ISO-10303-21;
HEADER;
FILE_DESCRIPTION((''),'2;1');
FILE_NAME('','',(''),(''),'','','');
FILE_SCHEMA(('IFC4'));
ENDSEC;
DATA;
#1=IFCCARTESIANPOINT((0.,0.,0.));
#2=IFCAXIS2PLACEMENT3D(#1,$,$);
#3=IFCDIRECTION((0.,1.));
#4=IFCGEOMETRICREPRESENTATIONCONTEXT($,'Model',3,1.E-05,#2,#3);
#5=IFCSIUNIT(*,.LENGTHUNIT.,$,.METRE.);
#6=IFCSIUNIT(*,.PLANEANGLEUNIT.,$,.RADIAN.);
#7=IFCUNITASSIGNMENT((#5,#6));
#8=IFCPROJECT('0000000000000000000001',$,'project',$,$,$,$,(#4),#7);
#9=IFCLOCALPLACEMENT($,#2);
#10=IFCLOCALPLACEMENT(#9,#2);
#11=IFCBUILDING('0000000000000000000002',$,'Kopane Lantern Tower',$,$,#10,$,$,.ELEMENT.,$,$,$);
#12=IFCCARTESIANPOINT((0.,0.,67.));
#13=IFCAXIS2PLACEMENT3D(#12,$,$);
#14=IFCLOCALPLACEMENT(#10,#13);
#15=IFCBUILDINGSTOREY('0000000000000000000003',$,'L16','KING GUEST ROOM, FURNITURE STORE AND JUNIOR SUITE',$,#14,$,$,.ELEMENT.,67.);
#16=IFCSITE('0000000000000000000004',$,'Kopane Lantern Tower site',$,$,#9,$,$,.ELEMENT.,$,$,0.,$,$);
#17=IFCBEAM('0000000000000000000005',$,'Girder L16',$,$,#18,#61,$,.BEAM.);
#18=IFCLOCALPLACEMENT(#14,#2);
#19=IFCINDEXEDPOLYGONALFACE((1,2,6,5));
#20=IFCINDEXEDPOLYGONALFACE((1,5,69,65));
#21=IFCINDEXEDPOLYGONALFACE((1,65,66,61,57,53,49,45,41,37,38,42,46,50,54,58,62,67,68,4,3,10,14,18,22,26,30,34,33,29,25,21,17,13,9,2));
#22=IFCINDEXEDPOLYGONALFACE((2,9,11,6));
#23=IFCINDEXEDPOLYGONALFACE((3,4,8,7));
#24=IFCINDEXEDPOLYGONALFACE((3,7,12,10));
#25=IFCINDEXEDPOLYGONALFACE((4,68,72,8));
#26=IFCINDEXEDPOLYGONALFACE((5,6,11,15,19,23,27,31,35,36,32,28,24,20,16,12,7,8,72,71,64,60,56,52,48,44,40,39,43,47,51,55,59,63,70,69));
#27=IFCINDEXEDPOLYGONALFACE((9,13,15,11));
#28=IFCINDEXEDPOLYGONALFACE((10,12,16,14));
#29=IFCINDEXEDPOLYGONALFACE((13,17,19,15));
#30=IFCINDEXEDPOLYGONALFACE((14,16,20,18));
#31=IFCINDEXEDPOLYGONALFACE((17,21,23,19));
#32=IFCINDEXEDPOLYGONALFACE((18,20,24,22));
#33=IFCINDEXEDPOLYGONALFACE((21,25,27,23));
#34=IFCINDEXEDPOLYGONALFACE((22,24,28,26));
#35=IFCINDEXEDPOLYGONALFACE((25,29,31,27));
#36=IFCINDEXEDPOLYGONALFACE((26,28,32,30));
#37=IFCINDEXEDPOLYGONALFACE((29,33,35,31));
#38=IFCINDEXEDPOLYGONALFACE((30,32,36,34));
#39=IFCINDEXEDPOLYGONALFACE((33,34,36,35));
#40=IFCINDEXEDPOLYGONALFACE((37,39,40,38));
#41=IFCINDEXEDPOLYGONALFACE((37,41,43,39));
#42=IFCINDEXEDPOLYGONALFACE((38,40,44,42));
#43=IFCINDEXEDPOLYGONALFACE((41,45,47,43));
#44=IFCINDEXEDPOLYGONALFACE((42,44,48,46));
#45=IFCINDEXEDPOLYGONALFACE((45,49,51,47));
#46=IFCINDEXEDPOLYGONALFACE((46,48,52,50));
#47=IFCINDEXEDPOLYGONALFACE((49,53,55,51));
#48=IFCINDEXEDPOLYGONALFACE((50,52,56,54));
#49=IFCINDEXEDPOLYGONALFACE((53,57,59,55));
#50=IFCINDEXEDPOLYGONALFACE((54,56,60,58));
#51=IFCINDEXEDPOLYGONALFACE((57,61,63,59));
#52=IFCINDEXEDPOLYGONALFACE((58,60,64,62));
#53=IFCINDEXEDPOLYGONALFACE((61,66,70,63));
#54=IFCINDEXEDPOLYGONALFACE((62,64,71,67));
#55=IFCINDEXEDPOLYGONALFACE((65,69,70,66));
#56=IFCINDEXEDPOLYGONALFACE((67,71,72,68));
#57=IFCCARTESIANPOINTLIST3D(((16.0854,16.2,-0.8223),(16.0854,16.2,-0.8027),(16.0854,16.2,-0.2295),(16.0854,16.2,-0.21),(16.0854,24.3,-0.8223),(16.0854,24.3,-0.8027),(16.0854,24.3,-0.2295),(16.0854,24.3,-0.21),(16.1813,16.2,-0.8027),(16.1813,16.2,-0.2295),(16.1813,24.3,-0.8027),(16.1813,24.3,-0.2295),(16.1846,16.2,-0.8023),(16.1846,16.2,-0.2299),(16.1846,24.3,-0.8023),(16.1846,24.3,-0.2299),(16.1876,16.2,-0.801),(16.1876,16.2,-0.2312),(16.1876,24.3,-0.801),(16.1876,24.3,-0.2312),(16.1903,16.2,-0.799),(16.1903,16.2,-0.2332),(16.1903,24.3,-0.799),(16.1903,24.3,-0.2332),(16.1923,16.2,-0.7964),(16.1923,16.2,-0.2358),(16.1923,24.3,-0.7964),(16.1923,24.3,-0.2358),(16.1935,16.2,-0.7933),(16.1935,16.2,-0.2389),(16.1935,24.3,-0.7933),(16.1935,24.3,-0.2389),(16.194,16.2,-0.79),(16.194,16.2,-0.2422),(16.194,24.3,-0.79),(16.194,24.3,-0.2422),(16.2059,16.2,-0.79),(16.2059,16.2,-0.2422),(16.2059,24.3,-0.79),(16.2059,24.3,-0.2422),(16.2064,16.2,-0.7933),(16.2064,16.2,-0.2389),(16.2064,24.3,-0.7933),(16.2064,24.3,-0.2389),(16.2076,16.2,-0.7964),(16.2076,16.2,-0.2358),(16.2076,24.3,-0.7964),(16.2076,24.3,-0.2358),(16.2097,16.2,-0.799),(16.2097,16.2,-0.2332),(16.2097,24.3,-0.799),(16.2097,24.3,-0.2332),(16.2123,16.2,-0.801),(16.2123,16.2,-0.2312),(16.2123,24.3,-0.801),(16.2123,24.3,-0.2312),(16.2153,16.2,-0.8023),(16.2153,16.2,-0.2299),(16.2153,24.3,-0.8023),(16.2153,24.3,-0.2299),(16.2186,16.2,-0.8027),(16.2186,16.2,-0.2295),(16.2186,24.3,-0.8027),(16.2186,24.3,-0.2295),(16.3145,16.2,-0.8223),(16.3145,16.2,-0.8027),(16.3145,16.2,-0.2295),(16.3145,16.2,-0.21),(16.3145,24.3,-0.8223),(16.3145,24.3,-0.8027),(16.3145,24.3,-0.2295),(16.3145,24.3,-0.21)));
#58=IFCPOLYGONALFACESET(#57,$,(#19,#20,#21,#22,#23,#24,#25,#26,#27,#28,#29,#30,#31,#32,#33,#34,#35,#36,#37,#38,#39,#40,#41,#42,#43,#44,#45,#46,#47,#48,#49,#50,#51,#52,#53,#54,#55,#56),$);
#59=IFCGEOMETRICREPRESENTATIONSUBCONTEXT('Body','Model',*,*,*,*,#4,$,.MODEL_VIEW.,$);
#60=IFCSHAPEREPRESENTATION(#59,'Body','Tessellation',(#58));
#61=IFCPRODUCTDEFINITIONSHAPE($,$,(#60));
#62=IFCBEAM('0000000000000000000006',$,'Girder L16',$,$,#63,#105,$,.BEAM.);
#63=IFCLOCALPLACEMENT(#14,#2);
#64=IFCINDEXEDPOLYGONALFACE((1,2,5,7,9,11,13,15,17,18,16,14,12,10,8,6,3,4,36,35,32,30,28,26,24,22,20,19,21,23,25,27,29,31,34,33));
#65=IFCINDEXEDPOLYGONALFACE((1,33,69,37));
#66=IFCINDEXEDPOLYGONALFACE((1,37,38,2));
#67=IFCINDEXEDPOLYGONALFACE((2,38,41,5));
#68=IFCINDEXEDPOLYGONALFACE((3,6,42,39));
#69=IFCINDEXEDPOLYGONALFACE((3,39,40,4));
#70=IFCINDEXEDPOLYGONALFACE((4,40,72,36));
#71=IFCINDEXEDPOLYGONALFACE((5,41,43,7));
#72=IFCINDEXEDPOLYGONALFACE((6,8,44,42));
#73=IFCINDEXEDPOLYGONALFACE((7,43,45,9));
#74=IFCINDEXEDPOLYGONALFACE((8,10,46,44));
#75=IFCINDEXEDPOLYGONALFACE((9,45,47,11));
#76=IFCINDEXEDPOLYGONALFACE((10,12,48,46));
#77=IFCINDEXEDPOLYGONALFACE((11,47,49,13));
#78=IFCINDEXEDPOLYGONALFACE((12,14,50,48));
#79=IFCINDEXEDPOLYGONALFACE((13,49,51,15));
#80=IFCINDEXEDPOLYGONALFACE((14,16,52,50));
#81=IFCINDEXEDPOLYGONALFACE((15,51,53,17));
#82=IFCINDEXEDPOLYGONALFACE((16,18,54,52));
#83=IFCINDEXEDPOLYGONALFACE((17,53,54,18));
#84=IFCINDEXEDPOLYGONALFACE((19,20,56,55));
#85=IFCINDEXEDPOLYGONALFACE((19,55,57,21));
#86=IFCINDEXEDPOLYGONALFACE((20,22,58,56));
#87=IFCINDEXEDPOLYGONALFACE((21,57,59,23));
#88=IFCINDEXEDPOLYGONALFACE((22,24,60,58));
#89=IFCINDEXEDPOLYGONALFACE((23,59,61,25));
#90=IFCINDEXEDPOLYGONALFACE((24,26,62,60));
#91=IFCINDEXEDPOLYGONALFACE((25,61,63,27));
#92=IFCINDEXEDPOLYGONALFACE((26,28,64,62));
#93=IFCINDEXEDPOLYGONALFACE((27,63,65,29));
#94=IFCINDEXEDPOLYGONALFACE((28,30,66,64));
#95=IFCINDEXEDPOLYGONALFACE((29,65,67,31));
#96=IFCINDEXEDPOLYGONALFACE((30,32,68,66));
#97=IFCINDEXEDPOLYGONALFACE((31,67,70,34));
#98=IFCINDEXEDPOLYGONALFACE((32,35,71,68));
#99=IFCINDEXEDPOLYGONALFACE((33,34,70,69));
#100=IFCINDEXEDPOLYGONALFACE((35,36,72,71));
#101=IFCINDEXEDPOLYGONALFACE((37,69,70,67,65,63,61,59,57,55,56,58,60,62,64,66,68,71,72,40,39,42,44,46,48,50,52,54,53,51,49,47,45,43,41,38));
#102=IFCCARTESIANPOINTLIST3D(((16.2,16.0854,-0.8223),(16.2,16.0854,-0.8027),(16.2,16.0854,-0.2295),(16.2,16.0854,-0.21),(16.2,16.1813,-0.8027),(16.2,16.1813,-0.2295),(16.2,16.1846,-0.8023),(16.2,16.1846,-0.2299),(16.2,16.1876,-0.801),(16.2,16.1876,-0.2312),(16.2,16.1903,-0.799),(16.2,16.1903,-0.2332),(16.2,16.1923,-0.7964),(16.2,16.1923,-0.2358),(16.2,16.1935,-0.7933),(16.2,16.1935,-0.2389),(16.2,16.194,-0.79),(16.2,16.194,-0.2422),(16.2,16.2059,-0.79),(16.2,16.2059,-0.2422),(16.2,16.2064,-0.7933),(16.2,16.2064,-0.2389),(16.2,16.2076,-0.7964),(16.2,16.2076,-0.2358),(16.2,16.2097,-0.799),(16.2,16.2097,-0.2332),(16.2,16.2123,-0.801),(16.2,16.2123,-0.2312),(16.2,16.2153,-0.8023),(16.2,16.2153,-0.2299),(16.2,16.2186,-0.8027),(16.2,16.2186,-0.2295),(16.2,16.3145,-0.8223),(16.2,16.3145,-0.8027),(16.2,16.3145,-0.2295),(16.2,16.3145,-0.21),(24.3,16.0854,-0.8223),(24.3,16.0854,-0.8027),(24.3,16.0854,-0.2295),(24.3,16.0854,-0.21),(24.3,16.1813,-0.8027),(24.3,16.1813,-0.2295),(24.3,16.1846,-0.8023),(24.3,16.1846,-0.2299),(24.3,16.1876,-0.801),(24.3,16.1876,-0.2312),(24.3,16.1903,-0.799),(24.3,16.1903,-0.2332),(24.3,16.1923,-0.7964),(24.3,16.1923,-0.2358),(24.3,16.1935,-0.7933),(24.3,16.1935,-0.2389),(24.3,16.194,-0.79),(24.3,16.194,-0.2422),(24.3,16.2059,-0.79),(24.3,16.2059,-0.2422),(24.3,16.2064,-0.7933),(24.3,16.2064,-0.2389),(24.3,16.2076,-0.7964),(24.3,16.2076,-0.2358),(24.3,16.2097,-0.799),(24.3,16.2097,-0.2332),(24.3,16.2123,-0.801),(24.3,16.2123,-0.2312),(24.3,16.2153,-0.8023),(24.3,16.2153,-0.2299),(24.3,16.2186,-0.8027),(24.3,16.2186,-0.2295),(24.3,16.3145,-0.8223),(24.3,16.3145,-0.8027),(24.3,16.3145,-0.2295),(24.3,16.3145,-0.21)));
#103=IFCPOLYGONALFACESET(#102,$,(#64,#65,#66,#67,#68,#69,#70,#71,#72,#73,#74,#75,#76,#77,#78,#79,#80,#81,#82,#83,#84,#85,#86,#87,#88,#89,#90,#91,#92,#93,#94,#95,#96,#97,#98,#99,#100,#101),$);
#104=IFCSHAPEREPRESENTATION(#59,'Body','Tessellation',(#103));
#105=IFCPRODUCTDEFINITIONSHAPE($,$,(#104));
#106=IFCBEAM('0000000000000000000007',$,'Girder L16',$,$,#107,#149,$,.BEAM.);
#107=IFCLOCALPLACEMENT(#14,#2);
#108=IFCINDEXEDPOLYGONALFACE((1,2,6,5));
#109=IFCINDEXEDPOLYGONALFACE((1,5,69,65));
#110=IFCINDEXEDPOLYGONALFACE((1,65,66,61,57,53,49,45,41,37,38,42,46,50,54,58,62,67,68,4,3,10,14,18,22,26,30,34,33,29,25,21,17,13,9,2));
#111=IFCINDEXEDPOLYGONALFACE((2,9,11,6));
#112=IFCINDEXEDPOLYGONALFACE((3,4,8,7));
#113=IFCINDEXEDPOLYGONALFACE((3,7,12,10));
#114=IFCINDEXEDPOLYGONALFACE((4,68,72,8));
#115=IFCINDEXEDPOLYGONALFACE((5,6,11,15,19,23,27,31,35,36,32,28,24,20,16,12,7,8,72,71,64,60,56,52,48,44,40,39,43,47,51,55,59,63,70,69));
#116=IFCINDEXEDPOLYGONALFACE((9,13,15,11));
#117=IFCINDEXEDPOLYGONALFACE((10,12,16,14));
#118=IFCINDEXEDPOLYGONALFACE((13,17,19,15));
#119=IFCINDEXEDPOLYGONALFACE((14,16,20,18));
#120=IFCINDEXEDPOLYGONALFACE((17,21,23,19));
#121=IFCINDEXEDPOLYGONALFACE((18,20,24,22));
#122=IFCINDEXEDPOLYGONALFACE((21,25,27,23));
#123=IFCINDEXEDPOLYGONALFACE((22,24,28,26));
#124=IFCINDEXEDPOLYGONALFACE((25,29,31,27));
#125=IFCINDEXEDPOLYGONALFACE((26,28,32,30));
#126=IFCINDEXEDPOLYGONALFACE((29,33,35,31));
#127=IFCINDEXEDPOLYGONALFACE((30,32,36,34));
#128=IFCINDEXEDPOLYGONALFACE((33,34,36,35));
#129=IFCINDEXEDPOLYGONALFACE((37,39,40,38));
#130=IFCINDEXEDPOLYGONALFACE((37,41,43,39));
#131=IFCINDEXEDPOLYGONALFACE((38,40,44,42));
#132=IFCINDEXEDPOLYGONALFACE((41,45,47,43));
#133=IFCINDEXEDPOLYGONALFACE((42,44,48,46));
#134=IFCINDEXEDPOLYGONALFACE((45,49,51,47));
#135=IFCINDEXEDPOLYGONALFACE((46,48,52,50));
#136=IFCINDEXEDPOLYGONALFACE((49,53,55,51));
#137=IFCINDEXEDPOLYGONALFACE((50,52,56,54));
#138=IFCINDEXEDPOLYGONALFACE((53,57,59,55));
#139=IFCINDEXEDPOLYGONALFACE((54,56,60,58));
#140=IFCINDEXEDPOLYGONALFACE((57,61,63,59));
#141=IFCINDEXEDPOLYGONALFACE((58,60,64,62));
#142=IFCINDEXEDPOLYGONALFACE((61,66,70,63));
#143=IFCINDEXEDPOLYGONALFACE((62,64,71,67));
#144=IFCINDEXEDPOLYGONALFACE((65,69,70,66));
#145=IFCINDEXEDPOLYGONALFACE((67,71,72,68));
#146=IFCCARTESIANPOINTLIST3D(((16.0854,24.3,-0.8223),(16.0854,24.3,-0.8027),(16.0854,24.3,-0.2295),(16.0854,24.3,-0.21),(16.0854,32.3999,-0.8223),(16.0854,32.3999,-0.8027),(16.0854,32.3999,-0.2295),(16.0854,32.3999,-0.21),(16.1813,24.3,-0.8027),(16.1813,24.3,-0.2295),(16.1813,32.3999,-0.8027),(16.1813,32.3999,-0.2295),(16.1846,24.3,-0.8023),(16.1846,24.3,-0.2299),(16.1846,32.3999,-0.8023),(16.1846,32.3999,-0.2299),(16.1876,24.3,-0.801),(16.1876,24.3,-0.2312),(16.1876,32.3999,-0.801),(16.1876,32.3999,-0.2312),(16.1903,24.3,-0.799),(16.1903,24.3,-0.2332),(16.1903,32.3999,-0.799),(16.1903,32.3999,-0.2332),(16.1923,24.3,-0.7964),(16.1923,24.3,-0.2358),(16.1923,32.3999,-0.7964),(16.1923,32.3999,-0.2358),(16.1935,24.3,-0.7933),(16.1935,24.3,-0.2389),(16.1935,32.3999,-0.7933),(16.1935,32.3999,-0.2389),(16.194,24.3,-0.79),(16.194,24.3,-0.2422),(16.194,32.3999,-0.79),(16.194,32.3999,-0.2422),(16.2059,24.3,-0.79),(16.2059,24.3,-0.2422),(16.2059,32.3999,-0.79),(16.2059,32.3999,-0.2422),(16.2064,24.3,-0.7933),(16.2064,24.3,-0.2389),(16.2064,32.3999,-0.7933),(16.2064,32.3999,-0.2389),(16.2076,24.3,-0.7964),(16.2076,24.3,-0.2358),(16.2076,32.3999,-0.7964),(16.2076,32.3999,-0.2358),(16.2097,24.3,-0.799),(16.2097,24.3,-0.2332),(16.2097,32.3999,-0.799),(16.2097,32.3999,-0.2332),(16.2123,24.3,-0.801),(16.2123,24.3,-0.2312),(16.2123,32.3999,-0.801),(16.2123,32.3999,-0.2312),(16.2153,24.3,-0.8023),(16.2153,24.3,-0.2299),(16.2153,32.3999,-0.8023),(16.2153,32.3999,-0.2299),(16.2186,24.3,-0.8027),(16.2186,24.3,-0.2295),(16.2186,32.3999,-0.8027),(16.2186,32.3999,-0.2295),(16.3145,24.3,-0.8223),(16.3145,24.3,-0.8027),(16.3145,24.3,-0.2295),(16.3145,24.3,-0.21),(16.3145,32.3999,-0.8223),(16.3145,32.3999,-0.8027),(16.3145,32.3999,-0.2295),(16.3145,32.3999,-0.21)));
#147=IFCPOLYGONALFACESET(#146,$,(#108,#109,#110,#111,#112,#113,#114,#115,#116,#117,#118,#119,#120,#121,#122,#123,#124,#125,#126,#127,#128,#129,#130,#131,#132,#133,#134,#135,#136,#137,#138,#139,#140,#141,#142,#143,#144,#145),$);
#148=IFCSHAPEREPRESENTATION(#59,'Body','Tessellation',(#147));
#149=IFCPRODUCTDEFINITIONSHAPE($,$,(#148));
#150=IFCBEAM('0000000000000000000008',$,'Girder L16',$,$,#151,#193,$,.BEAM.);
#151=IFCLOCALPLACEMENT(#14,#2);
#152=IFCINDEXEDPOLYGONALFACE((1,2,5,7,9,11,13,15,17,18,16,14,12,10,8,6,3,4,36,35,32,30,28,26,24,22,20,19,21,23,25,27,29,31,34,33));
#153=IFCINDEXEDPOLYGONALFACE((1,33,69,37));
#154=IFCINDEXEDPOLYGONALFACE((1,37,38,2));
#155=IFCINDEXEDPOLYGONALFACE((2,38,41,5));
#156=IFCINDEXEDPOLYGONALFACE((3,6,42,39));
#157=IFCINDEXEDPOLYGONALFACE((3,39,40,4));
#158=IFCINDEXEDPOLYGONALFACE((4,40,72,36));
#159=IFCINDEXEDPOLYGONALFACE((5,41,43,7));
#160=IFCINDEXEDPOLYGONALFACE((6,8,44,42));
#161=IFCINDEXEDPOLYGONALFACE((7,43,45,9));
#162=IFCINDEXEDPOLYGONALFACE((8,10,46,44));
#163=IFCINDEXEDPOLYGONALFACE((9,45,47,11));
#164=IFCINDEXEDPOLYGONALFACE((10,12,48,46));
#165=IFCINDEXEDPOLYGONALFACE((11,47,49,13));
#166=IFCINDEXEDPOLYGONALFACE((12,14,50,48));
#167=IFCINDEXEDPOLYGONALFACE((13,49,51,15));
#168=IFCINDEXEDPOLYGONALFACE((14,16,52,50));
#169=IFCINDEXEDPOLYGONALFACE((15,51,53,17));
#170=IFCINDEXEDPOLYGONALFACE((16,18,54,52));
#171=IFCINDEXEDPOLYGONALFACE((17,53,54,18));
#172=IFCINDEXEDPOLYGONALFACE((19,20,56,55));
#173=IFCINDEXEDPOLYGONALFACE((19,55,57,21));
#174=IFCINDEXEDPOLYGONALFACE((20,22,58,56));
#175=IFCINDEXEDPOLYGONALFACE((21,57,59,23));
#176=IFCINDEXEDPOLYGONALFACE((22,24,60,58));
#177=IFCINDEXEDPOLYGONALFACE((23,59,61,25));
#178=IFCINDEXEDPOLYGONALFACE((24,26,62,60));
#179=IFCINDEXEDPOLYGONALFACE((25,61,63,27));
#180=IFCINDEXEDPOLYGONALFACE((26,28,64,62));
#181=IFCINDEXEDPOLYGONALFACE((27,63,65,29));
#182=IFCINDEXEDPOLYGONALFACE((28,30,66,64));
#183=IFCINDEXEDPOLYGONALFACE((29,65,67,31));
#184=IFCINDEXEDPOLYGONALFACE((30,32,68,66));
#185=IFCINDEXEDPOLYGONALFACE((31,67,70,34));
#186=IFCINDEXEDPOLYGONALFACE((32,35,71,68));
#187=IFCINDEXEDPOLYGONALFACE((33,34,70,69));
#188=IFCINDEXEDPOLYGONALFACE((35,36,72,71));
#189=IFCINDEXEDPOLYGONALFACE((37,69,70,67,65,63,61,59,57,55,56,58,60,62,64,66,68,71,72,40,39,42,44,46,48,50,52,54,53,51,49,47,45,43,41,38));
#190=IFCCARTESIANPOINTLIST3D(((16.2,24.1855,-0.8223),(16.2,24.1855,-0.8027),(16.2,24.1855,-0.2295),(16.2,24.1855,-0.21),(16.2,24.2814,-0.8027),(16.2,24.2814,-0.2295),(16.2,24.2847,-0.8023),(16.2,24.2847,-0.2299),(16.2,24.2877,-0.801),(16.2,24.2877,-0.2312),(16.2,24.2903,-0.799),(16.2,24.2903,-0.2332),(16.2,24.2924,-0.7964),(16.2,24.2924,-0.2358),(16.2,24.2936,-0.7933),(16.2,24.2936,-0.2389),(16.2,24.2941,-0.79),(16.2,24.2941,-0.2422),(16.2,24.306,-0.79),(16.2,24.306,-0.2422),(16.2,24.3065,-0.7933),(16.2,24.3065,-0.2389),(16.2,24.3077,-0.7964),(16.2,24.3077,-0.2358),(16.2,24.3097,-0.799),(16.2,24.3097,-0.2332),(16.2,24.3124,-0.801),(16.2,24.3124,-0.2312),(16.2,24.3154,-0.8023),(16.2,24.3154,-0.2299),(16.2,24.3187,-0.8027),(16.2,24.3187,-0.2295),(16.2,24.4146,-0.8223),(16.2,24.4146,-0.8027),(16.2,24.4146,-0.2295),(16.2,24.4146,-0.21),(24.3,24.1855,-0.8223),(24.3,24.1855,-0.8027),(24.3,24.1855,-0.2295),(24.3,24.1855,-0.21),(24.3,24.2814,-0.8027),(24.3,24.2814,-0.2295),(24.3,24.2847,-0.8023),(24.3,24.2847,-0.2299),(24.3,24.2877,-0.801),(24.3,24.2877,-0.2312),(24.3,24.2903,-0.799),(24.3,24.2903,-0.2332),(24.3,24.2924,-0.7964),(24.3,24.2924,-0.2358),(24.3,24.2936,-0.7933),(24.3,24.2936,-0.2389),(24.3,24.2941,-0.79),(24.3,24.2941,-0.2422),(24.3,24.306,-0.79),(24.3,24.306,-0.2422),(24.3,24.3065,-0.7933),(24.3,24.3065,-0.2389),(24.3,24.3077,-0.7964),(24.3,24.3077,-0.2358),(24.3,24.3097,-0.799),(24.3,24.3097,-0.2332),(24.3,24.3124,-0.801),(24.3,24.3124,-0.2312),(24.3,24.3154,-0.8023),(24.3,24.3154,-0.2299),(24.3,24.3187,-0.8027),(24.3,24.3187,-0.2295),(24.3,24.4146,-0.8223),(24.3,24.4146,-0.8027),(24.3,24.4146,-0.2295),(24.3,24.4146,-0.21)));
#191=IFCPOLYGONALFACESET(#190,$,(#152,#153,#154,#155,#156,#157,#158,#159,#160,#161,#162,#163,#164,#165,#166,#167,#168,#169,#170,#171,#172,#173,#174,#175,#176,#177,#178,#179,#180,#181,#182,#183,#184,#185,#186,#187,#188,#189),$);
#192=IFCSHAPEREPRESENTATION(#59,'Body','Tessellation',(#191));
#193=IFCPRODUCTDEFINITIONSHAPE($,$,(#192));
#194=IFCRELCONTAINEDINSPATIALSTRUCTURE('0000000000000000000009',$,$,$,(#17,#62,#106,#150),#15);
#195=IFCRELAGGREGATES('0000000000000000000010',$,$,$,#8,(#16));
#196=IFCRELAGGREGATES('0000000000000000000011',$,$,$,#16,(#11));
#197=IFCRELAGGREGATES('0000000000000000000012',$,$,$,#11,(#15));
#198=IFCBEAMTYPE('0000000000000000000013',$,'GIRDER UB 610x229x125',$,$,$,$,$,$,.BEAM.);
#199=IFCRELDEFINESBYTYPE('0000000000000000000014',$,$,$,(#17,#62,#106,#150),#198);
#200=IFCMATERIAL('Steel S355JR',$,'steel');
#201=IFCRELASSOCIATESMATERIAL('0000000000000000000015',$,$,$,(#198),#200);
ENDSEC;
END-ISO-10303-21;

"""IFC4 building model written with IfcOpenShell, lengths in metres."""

from ifc_helpers import new_model, si_unit, direction, frame, origin, origin_2d, place, context, subcontext, project, spatial, i_section, extrude, material, material_profile, profile_set, type_object, element, save


model = new_model("IFC4")

# Units and contexts
model_context = context("Model", 3, precision=1e-05, world=origin(), true_north=direction((0.0, 1.0)))
body_context = subcontext(model_context, "Body", "Model", "MODEL_VIEW")
ifc_project = project(units=[si_unit("LENGTHUNIT", "METRE"), si_unit("PLANEANGLEUNIT", "RADIAN")], contexts=[model_context])

# Site, building, storey
site_placement = place(None, origin())
site = spatial("IfcSite", under=ifc_project, at=site_placement, Name="Kopane Lantern Tower site", CompositionType="ELEMENT", RefElevation=0.0)
building_placement = place(site_placement, origin())
building = spatial("IfcBuilding", under=site, at=building_placement, Name="Kopane Lantern Tower", CompositionType="ELEMENT")
storey_placement = place(building_placement, frame((0.0, 0.0, 67.0)))
storey = spatial("IfcBuildingStorey", under=building, at=storey_placement, Name="L16", Description="KING GUEST ROOM, FURNITURE STORE AND JUNIOR SUITE", CompositionType="ELEMENT", Elevation=67.0)

# Beams
ifc_material_1 = material(Name="Steel S355JR", Category="steel")
ifc_material_profile_1 = material_profile(ifc_material_1, i_section(OverallWidth=0.229, OverallDepth=0.6123, WebThickness=0.012, FlangeThickness=0.0195, FilletRadius=0.0127, at=origin_2d()), Name="UB 610x229x125")
ifc_profile_set_1 = profile_set([ifc_material_profile_1], Name="Steel S355JR")
beam_type = type_object("IfcBeamType", Name="GIRDER UB 610x229x125", PredefinedType="BEAM", material=ifc_profile_set_1)
for number, where, z_axis, x_axis, name in (
    (1, (16.2, 16.2, -0.5161), (0.0, 1.0, 0.0), (-1.0, 0.0, 0.0), "Girder L16"),
    (2, (16.2, 16.2, -0.5161), (1.0, 0.0, 0.0), (0.0, 1.0, 0.0), "Girder L16"),
):
    element("IfcBeam", number, at=place(storey_placement, frame(where, z_axis=z_axis, x_axis=x_axis)), inside=storey, type_object=beam_type, Name=name, PredefinedType="BEAM", context=body_context, shape_type="SweptSolid", body=[
        extrude(i_section(OverallWidth=0.229, OverallDepth=0.6123, WebThickness=0.012, FlangeThickness=0.0195, FilletRadius=0.0127, at=origin_2d()), origin(), (0.0, 0.0, 1.0), 8.1001),
    ])
beam_1_placement = place(storey_placement, frame((16.2, 24.3, -0.5161), z_axis=(0.0, 1.0, 0.0), x_axis=(-1.0, 0.0, 0.0)))
element("IfcBeam", 3, at=beam_1_placement, inside=storey, type_object=beam_type, Name="Girder L16", PredefinedType="BEAM", context=body_context, shape_type="SweptSolid", body=[
    extrude(i_section(OverallWidth=0.229, OverallDepth=0.6123, WebThickness=0.012, FlangeThickness=0.0195, FilletRadius=0.0127, at=origin_2d()), origin(), (0.0, 0.0, 1.0), 8.0999),
])
for number, where, z_axis, x_axis, name in (
    (4, (16.2, 24.3, -0.5161), (1.0, 0.0, 0.0), (0.0, 1.0, 0.0), "Girder L16"),
):
    element("IfcBeam", number, at=place(storey_placement, frame(where, z_axis=z_axis, x_axis=x_axis)), inside=storey, type_object=beam_type, Name=name, PredefinedType="BEAM", context=body_context, shape_type="SweptSolid", body=[
        extrude(i_section(OverallWidth=0.229, OverallDepth=0.6123, WebThickness=0.012, FlangeThickness=0.0195, FilletRadius=0.0127, at=origin_2d()), origin(), (0.0, 0.0, 1.0), 8.1001),
    ])

save(model, "model.ifc")
